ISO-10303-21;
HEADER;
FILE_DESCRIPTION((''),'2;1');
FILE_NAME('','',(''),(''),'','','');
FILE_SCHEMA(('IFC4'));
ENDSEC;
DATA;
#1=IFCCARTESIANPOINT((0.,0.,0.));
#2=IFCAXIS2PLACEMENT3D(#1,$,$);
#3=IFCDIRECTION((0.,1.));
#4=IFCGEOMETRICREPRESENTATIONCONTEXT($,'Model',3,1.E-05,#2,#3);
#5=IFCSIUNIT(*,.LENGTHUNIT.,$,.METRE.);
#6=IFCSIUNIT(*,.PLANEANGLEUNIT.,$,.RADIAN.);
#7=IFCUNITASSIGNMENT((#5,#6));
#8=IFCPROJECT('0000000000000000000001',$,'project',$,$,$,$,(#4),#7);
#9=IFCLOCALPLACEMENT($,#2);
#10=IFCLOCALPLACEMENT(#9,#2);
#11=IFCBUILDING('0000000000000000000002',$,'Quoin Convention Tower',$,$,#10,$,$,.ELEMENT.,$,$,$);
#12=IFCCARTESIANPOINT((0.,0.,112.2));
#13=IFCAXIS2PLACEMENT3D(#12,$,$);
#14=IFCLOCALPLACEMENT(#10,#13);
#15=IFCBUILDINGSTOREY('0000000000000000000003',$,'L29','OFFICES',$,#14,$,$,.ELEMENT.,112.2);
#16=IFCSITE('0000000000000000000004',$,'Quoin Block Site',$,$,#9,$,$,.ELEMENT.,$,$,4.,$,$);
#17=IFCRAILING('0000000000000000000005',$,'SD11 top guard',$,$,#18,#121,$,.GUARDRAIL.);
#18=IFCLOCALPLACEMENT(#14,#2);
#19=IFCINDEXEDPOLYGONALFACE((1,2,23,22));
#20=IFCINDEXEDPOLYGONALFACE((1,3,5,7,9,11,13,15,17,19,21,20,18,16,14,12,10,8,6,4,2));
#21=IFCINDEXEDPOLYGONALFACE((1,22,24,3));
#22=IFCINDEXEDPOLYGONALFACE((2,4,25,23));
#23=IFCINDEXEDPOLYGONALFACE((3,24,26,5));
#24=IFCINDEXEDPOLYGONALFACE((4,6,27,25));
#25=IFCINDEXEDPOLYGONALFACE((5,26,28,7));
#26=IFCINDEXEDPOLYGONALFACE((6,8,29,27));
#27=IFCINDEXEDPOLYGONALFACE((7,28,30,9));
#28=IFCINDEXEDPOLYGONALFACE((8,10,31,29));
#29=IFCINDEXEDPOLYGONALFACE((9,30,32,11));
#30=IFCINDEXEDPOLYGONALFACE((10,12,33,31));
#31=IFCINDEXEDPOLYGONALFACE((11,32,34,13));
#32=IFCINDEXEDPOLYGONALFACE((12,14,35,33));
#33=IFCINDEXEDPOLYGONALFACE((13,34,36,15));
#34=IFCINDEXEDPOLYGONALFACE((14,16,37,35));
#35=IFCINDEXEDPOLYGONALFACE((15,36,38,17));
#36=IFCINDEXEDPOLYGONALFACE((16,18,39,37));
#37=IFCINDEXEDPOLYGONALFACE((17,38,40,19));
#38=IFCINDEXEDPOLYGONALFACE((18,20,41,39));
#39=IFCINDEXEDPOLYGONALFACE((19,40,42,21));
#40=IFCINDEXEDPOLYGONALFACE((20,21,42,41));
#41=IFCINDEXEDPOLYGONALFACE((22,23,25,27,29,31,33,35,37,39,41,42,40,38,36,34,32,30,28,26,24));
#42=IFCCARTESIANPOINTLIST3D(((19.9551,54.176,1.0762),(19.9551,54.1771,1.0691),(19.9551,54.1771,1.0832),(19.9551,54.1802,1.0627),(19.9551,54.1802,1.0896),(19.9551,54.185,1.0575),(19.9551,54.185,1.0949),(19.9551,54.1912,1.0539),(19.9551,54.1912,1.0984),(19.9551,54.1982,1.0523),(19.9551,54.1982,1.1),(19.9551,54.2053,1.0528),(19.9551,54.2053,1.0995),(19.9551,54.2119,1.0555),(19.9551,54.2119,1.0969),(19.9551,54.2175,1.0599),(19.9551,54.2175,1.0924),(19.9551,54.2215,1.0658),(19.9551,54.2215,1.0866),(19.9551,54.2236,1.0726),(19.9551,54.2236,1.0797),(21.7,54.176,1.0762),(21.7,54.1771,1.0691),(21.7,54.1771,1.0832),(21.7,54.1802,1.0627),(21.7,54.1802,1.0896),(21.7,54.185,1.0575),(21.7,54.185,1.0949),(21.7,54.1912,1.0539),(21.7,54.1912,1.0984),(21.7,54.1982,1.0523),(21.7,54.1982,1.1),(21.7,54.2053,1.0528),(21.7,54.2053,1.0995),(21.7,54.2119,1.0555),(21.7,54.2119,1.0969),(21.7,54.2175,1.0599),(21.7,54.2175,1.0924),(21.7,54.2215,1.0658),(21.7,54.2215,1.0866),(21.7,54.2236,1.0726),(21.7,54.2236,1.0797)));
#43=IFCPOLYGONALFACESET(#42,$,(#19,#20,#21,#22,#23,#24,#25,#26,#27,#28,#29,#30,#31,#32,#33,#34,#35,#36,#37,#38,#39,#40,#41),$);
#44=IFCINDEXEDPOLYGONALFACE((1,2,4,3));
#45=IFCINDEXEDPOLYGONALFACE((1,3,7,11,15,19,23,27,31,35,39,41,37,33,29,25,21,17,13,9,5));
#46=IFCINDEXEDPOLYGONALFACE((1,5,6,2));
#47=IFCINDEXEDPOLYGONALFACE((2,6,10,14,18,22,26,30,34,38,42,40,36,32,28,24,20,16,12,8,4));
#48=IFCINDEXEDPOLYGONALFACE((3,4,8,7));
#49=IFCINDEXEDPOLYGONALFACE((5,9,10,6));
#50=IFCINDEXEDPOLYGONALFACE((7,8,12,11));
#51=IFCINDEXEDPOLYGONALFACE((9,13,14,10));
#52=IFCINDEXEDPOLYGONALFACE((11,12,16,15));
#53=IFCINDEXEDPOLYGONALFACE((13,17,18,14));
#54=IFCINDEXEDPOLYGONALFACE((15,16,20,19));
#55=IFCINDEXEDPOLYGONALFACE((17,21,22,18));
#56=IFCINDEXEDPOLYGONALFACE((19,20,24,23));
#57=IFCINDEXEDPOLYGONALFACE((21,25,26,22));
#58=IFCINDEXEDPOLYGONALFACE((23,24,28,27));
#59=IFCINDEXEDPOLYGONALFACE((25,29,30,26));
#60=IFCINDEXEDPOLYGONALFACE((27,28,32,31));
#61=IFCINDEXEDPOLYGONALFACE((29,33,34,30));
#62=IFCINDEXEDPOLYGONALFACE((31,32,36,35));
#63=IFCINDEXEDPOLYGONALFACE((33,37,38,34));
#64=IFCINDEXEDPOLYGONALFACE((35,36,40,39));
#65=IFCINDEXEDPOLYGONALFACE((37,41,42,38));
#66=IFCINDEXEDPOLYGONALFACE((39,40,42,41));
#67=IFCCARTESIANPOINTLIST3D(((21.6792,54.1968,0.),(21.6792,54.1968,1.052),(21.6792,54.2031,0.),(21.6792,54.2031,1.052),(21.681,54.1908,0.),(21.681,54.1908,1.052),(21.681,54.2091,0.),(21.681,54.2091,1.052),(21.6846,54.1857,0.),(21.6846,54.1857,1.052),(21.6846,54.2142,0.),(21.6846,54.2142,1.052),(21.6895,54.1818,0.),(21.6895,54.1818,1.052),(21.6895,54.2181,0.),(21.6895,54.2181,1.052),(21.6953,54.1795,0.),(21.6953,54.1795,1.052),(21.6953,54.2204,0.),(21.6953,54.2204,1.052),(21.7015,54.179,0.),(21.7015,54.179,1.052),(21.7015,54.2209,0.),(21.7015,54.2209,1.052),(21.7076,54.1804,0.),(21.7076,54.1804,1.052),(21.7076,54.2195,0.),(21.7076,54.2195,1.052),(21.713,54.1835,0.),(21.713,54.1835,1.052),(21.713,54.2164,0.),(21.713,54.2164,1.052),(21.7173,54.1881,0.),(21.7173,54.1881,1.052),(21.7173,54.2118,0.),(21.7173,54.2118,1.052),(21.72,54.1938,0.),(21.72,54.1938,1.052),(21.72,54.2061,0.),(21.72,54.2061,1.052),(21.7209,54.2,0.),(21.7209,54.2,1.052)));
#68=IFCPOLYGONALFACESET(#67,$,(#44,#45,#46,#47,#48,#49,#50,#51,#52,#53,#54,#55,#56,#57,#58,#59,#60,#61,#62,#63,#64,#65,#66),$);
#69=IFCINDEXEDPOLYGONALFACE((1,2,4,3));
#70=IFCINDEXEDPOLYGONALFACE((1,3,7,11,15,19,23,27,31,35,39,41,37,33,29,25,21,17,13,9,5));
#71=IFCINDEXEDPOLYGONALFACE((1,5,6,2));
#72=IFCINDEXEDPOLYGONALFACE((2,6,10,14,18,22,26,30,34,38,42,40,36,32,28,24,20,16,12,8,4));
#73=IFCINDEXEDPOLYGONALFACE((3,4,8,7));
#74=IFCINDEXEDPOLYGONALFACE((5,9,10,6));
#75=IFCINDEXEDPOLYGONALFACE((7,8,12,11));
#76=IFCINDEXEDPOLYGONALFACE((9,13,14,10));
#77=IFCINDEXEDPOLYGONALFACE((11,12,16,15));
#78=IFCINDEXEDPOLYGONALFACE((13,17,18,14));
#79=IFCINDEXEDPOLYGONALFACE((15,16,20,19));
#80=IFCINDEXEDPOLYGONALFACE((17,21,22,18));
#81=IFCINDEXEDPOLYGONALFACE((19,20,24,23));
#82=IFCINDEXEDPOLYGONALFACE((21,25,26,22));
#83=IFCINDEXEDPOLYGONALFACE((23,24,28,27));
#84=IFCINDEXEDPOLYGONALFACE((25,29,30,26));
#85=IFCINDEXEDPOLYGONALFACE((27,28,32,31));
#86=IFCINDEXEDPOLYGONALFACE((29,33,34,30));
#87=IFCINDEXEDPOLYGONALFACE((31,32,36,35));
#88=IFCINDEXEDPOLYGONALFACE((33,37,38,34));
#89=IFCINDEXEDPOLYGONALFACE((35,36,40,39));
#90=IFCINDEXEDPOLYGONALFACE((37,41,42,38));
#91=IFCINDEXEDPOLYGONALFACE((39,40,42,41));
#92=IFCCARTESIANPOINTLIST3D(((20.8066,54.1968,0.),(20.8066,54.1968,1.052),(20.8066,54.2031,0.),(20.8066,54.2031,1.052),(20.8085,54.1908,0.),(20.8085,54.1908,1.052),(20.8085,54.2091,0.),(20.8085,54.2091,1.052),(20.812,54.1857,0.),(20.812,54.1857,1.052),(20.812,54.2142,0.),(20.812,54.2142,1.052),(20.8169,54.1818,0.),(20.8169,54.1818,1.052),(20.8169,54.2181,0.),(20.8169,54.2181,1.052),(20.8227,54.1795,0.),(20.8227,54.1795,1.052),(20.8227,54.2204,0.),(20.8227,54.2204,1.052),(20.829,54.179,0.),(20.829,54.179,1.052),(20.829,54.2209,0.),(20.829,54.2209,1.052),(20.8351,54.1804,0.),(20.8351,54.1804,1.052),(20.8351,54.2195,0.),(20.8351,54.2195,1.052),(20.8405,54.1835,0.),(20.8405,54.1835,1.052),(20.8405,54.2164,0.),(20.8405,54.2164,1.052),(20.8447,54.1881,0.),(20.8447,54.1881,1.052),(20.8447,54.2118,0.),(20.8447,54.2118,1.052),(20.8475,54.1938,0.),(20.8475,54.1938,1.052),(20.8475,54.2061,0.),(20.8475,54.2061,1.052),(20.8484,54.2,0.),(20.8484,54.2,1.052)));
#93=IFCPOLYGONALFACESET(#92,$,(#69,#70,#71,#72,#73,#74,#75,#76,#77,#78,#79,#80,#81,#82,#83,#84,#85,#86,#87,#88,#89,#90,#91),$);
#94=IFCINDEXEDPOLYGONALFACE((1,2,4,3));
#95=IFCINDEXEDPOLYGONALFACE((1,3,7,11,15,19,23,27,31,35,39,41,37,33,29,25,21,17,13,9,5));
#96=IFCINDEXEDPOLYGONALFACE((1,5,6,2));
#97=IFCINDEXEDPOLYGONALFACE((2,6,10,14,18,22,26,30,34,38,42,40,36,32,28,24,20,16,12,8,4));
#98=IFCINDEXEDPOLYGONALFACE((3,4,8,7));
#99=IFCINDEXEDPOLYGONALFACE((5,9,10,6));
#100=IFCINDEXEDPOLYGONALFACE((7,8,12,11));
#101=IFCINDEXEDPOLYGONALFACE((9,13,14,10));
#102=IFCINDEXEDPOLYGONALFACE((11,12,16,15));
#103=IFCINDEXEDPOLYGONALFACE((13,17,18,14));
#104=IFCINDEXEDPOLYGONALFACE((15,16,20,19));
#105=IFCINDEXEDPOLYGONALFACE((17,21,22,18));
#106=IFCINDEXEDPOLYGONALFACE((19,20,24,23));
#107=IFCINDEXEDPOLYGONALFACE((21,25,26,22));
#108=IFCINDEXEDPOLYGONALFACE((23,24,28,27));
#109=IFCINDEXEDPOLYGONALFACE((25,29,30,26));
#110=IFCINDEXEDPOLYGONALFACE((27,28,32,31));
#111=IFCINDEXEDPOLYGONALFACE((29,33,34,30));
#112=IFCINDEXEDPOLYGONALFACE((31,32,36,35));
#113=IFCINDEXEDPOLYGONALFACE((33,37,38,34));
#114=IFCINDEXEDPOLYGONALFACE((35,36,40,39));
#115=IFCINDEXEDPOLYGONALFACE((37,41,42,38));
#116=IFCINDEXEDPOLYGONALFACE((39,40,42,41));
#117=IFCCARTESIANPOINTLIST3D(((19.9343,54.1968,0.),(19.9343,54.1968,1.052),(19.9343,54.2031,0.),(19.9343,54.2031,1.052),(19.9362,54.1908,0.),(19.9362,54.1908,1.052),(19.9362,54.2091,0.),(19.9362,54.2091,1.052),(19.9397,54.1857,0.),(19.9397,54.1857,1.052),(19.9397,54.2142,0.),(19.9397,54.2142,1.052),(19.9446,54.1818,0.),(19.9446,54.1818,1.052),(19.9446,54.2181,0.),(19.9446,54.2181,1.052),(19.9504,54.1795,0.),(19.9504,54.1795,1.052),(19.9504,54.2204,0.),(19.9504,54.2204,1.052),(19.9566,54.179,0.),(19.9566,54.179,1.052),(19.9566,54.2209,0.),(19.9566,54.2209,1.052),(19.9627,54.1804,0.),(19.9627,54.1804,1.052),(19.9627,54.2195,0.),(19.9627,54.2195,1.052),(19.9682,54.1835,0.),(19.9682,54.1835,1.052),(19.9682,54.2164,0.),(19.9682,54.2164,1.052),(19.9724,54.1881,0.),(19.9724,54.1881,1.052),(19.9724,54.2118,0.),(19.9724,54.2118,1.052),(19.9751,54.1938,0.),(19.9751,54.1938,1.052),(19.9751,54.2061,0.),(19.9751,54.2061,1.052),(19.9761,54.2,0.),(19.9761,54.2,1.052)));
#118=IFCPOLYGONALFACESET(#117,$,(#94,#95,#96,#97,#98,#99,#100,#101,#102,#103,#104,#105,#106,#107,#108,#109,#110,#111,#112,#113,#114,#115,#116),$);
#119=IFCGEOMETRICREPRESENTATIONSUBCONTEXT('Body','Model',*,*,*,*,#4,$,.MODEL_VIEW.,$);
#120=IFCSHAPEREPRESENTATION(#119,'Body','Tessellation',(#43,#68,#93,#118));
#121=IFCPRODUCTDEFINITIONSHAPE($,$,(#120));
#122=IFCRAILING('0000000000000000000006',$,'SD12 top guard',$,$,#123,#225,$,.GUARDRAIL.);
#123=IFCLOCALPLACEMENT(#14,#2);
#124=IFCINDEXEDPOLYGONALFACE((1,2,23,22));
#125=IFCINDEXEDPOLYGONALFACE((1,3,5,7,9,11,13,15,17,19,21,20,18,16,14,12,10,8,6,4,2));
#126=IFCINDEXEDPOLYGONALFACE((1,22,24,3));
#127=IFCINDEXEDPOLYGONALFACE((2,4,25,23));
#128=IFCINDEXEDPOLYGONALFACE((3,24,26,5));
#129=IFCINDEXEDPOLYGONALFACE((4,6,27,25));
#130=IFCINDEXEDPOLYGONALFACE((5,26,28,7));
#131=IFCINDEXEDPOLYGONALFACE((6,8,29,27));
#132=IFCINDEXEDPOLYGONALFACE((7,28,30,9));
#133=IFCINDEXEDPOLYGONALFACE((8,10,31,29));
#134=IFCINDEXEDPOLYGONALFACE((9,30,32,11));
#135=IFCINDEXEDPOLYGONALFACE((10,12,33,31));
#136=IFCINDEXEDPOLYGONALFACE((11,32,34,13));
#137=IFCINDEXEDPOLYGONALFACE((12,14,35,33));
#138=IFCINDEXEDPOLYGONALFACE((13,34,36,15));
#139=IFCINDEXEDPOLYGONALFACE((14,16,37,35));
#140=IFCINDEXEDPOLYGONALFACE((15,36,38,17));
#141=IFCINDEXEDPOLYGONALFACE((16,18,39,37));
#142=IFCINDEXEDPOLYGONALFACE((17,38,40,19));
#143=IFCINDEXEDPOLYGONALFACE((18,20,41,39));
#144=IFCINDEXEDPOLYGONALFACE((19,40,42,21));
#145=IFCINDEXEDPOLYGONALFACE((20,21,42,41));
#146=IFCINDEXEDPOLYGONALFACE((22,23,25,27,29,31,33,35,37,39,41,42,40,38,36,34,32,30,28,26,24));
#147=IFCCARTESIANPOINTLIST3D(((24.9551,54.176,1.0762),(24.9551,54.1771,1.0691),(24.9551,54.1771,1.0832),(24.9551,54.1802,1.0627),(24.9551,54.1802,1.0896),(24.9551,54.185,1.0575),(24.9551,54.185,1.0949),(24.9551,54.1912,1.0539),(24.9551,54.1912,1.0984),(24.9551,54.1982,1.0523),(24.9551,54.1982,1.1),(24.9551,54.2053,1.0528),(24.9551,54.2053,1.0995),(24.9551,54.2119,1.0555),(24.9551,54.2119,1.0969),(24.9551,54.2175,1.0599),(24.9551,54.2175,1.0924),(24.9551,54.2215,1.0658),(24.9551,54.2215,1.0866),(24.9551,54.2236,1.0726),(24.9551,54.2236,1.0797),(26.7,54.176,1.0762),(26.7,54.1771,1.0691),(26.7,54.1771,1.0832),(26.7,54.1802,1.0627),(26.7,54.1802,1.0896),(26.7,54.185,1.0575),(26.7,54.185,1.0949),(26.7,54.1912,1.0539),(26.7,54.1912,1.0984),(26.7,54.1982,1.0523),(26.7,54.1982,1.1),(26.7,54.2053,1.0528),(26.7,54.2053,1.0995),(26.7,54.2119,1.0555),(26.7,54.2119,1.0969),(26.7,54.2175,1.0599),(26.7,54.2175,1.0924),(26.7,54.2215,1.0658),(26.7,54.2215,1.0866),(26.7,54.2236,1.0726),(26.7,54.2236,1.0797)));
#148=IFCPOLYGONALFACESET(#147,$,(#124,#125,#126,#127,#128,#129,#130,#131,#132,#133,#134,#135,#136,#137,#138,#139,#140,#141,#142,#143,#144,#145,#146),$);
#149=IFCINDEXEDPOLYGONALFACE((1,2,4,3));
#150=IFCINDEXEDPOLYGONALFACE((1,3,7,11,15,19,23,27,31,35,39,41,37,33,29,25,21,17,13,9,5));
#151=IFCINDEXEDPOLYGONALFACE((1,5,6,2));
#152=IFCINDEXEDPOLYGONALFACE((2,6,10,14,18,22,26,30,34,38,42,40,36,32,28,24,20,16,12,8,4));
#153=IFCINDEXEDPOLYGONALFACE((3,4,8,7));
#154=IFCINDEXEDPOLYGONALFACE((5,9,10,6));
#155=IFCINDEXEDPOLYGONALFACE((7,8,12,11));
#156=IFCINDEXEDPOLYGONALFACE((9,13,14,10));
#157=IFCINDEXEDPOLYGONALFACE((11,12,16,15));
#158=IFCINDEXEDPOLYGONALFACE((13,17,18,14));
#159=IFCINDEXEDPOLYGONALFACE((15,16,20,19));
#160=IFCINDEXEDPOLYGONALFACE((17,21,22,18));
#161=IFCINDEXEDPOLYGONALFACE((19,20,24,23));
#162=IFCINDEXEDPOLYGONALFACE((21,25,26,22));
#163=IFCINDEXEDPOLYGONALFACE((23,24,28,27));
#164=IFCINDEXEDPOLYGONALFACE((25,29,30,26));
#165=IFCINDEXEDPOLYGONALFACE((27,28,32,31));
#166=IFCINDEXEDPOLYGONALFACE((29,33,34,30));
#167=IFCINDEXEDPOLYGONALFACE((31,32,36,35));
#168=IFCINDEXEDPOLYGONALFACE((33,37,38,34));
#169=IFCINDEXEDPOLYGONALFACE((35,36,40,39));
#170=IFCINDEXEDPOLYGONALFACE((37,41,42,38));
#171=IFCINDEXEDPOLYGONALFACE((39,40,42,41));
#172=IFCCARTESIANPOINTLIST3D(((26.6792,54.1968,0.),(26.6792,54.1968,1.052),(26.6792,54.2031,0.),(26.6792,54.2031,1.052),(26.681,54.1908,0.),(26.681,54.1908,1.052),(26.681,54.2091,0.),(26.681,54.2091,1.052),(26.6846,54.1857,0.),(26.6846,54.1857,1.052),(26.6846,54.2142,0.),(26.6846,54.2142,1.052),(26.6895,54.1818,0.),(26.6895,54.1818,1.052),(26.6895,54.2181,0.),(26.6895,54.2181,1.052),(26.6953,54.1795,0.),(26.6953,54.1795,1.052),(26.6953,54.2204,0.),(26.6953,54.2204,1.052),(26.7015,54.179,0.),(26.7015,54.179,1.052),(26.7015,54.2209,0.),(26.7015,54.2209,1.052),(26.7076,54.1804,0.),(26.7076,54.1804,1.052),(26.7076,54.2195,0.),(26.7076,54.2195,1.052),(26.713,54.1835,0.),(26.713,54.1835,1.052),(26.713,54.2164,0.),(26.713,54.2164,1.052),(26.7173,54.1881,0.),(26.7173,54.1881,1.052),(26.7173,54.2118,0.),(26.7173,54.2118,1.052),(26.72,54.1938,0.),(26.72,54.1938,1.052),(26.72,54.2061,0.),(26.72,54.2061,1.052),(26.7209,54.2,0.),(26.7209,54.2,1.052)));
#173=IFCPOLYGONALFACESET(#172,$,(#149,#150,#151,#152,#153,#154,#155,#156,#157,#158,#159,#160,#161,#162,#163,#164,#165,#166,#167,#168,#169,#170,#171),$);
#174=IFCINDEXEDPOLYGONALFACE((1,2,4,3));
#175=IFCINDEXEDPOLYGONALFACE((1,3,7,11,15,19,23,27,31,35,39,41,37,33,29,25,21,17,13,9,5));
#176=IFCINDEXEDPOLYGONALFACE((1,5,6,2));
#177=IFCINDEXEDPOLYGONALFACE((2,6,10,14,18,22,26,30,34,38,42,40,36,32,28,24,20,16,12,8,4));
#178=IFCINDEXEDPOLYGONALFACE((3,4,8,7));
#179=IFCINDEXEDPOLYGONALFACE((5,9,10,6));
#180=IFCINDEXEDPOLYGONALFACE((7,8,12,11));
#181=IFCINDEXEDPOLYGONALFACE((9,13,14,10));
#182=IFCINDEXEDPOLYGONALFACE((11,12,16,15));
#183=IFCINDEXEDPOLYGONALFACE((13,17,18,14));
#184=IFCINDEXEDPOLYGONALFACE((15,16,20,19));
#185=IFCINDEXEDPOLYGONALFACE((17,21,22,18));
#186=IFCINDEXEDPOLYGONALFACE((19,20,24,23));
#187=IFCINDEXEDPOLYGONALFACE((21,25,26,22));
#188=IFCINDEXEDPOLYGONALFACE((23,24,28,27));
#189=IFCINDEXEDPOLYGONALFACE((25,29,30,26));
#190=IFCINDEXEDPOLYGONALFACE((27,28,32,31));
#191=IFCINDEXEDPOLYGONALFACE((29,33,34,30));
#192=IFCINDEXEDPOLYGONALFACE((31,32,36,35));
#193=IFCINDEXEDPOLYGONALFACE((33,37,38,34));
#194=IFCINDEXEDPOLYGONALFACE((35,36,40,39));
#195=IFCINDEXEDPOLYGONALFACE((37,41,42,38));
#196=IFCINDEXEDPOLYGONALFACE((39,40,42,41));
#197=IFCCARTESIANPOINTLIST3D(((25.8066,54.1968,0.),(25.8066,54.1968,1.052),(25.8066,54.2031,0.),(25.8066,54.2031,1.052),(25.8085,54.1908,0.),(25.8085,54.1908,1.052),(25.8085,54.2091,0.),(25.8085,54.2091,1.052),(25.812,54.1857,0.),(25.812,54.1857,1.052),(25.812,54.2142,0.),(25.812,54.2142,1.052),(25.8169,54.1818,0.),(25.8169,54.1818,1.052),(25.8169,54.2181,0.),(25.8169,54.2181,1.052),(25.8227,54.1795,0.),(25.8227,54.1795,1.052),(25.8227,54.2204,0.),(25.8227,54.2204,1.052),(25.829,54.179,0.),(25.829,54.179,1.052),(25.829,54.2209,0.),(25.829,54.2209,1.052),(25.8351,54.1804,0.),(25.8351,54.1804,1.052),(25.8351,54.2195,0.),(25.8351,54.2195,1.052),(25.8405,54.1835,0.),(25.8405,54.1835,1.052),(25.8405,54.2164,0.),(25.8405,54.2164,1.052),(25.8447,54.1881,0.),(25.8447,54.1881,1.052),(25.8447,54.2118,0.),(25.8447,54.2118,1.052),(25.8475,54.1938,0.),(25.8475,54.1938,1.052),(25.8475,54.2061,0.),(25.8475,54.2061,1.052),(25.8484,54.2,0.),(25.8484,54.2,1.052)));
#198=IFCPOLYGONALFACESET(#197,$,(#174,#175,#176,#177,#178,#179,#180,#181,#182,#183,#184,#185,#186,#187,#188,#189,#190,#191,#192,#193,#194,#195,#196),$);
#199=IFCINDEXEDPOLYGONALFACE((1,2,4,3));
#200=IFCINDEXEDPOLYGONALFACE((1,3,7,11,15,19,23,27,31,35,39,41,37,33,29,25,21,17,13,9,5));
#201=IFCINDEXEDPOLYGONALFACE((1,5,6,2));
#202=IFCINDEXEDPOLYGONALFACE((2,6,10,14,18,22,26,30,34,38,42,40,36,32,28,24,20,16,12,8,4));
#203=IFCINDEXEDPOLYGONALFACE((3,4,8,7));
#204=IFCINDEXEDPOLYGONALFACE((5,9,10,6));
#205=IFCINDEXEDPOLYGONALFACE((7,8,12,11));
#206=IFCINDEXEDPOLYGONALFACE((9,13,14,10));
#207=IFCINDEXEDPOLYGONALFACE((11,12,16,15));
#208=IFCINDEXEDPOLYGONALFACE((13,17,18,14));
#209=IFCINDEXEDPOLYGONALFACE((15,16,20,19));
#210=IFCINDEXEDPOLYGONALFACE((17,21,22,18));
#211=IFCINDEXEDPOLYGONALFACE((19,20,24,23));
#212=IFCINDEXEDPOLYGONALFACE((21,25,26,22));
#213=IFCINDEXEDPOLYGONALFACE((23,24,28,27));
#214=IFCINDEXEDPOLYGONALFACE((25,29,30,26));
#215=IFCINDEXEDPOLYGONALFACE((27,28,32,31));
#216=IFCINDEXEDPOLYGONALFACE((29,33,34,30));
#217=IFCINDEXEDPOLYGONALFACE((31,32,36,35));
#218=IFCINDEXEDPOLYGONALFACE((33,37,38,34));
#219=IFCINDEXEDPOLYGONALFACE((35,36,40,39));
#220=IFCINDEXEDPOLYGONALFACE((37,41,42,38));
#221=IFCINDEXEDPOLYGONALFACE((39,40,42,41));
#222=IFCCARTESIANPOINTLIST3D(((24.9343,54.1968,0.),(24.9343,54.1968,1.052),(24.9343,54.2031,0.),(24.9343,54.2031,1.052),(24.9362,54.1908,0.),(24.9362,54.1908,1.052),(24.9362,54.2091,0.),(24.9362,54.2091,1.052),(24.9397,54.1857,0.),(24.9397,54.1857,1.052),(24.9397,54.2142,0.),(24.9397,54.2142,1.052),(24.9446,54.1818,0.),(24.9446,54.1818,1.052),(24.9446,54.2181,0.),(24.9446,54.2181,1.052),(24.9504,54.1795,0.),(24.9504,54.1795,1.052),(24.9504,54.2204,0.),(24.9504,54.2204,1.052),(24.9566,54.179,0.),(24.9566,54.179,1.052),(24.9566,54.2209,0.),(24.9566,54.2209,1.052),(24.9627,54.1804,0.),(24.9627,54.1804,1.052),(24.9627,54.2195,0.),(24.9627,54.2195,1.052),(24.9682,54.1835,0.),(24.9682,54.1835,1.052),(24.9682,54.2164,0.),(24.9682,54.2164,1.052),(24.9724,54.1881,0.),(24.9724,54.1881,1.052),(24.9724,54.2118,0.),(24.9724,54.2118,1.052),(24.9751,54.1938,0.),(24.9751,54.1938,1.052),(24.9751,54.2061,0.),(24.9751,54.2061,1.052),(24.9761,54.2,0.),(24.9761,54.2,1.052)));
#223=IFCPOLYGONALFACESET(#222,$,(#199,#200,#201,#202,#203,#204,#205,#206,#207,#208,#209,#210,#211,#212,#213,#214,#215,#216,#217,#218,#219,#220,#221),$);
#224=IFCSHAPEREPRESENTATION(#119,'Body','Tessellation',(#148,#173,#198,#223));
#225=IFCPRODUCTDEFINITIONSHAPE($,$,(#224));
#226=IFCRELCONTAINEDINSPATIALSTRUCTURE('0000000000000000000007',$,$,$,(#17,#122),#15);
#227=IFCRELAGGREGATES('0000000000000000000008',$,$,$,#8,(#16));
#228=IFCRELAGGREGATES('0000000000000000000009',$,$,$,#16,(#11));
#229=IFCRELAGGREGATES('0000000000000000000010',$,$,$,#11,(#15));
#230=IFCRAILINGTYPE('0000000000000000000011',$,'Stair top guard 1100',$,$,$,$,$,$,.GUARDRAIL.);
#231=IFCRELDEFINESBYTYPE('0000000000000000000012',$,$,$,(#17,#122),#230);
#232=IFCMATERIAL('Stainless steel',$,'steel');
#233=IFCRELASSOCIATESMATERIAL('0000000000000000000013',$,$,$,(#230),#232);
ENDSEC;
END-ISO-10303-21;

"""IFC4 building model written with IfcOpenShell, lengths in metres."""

from ifc_helpers import new_model, si_unit, direction, frame, origin, origin_2d, place, context, subcontext, project, spatial, circle, extrude, material, type_object, element, save


model = new_model("IFC4")

# Units and contexts
model_context = context("Model", 3, precision=1e-05, world=origin(), true_north=direction((0.0, 1.0)))
body_context = subcontext(model_context, "Body", "Model", "MODEL_VIEW")
ifc_project = project(units=[si_unit("LENGTHUNIT", "METRE"), si_unit("PLANEANGLEUNIT", "RADIAN")], contexts=[model_context])

# Site, building, storey
site_placement = place(None, origin())
site = spatial("IfcSite", under=ifc_project, at=site_placement, Name="Quoin Block Site", CompositionType="ELEMENT", RefElevation=4.0)
building_placement = place(site_placement, origin())
building = spatial("IfcBuilding", under=site, at=building_placement, Name="Quoin Convention Tower", CompositionType="ELEMENT")
storey_placement = place(building_placement, frame((0.0, 0.0, 112.2)))
storey = spatial("IfcBuildingStorey", under=building, at=storey_placement, Name="L29", Description="OFFICES", CompositionType="ELEMENT", Elevation=112.2)

# Railings
ifc_material_1 = material(Name="Stainless steel", Category="steel")
railing_type_1 = type_object("IfcRailingType", Name="Stair top guard 1100", PredefinedType="GUARDRAIL", material=ifc_material_1)
for number, where, name in (
    (1, (21.7, 54.2, 0.0), "SD11 top guard"),
    (2, (26.7, 54.2, 0.0), "SD12 top guard"),
):
    element("IfcRailing", number, at=place(storey_placement, frame(where)), inside=storey, type_object=railing_type_1, Name=name, PredefinedType="GUARDRAIL", context=body_context, shape_type="SweptSolid", body=[
        extrude(circle(Radius=0.0239, at=origin_2d()), frame((0.0, 0.0, 1.0762), z_axis=(-1.0, 0.0, 0.0), x_axis=(0.0, -1.0, 0.0)), (0.0, 0.0, 1.0), 1.7449),
        extrude(circle(Radius=0.021, at=origin_2d()), origin(), (0.0, 0.0, 1.0), 1.052),
        extrude(circle(Radius=0.021, at=origin_2d()), frame((-0.8726, 0.0, 0.0)), (0.0, 0.0, 1.0), 1.052),
        extrude(circle(Radius=0.021, at=origin_2d()), frame((-1.7449, 0.0, 0.0)), (0.0, 0.0, 1.0), 1.052),
    ])

save(model, "model.ifc")
